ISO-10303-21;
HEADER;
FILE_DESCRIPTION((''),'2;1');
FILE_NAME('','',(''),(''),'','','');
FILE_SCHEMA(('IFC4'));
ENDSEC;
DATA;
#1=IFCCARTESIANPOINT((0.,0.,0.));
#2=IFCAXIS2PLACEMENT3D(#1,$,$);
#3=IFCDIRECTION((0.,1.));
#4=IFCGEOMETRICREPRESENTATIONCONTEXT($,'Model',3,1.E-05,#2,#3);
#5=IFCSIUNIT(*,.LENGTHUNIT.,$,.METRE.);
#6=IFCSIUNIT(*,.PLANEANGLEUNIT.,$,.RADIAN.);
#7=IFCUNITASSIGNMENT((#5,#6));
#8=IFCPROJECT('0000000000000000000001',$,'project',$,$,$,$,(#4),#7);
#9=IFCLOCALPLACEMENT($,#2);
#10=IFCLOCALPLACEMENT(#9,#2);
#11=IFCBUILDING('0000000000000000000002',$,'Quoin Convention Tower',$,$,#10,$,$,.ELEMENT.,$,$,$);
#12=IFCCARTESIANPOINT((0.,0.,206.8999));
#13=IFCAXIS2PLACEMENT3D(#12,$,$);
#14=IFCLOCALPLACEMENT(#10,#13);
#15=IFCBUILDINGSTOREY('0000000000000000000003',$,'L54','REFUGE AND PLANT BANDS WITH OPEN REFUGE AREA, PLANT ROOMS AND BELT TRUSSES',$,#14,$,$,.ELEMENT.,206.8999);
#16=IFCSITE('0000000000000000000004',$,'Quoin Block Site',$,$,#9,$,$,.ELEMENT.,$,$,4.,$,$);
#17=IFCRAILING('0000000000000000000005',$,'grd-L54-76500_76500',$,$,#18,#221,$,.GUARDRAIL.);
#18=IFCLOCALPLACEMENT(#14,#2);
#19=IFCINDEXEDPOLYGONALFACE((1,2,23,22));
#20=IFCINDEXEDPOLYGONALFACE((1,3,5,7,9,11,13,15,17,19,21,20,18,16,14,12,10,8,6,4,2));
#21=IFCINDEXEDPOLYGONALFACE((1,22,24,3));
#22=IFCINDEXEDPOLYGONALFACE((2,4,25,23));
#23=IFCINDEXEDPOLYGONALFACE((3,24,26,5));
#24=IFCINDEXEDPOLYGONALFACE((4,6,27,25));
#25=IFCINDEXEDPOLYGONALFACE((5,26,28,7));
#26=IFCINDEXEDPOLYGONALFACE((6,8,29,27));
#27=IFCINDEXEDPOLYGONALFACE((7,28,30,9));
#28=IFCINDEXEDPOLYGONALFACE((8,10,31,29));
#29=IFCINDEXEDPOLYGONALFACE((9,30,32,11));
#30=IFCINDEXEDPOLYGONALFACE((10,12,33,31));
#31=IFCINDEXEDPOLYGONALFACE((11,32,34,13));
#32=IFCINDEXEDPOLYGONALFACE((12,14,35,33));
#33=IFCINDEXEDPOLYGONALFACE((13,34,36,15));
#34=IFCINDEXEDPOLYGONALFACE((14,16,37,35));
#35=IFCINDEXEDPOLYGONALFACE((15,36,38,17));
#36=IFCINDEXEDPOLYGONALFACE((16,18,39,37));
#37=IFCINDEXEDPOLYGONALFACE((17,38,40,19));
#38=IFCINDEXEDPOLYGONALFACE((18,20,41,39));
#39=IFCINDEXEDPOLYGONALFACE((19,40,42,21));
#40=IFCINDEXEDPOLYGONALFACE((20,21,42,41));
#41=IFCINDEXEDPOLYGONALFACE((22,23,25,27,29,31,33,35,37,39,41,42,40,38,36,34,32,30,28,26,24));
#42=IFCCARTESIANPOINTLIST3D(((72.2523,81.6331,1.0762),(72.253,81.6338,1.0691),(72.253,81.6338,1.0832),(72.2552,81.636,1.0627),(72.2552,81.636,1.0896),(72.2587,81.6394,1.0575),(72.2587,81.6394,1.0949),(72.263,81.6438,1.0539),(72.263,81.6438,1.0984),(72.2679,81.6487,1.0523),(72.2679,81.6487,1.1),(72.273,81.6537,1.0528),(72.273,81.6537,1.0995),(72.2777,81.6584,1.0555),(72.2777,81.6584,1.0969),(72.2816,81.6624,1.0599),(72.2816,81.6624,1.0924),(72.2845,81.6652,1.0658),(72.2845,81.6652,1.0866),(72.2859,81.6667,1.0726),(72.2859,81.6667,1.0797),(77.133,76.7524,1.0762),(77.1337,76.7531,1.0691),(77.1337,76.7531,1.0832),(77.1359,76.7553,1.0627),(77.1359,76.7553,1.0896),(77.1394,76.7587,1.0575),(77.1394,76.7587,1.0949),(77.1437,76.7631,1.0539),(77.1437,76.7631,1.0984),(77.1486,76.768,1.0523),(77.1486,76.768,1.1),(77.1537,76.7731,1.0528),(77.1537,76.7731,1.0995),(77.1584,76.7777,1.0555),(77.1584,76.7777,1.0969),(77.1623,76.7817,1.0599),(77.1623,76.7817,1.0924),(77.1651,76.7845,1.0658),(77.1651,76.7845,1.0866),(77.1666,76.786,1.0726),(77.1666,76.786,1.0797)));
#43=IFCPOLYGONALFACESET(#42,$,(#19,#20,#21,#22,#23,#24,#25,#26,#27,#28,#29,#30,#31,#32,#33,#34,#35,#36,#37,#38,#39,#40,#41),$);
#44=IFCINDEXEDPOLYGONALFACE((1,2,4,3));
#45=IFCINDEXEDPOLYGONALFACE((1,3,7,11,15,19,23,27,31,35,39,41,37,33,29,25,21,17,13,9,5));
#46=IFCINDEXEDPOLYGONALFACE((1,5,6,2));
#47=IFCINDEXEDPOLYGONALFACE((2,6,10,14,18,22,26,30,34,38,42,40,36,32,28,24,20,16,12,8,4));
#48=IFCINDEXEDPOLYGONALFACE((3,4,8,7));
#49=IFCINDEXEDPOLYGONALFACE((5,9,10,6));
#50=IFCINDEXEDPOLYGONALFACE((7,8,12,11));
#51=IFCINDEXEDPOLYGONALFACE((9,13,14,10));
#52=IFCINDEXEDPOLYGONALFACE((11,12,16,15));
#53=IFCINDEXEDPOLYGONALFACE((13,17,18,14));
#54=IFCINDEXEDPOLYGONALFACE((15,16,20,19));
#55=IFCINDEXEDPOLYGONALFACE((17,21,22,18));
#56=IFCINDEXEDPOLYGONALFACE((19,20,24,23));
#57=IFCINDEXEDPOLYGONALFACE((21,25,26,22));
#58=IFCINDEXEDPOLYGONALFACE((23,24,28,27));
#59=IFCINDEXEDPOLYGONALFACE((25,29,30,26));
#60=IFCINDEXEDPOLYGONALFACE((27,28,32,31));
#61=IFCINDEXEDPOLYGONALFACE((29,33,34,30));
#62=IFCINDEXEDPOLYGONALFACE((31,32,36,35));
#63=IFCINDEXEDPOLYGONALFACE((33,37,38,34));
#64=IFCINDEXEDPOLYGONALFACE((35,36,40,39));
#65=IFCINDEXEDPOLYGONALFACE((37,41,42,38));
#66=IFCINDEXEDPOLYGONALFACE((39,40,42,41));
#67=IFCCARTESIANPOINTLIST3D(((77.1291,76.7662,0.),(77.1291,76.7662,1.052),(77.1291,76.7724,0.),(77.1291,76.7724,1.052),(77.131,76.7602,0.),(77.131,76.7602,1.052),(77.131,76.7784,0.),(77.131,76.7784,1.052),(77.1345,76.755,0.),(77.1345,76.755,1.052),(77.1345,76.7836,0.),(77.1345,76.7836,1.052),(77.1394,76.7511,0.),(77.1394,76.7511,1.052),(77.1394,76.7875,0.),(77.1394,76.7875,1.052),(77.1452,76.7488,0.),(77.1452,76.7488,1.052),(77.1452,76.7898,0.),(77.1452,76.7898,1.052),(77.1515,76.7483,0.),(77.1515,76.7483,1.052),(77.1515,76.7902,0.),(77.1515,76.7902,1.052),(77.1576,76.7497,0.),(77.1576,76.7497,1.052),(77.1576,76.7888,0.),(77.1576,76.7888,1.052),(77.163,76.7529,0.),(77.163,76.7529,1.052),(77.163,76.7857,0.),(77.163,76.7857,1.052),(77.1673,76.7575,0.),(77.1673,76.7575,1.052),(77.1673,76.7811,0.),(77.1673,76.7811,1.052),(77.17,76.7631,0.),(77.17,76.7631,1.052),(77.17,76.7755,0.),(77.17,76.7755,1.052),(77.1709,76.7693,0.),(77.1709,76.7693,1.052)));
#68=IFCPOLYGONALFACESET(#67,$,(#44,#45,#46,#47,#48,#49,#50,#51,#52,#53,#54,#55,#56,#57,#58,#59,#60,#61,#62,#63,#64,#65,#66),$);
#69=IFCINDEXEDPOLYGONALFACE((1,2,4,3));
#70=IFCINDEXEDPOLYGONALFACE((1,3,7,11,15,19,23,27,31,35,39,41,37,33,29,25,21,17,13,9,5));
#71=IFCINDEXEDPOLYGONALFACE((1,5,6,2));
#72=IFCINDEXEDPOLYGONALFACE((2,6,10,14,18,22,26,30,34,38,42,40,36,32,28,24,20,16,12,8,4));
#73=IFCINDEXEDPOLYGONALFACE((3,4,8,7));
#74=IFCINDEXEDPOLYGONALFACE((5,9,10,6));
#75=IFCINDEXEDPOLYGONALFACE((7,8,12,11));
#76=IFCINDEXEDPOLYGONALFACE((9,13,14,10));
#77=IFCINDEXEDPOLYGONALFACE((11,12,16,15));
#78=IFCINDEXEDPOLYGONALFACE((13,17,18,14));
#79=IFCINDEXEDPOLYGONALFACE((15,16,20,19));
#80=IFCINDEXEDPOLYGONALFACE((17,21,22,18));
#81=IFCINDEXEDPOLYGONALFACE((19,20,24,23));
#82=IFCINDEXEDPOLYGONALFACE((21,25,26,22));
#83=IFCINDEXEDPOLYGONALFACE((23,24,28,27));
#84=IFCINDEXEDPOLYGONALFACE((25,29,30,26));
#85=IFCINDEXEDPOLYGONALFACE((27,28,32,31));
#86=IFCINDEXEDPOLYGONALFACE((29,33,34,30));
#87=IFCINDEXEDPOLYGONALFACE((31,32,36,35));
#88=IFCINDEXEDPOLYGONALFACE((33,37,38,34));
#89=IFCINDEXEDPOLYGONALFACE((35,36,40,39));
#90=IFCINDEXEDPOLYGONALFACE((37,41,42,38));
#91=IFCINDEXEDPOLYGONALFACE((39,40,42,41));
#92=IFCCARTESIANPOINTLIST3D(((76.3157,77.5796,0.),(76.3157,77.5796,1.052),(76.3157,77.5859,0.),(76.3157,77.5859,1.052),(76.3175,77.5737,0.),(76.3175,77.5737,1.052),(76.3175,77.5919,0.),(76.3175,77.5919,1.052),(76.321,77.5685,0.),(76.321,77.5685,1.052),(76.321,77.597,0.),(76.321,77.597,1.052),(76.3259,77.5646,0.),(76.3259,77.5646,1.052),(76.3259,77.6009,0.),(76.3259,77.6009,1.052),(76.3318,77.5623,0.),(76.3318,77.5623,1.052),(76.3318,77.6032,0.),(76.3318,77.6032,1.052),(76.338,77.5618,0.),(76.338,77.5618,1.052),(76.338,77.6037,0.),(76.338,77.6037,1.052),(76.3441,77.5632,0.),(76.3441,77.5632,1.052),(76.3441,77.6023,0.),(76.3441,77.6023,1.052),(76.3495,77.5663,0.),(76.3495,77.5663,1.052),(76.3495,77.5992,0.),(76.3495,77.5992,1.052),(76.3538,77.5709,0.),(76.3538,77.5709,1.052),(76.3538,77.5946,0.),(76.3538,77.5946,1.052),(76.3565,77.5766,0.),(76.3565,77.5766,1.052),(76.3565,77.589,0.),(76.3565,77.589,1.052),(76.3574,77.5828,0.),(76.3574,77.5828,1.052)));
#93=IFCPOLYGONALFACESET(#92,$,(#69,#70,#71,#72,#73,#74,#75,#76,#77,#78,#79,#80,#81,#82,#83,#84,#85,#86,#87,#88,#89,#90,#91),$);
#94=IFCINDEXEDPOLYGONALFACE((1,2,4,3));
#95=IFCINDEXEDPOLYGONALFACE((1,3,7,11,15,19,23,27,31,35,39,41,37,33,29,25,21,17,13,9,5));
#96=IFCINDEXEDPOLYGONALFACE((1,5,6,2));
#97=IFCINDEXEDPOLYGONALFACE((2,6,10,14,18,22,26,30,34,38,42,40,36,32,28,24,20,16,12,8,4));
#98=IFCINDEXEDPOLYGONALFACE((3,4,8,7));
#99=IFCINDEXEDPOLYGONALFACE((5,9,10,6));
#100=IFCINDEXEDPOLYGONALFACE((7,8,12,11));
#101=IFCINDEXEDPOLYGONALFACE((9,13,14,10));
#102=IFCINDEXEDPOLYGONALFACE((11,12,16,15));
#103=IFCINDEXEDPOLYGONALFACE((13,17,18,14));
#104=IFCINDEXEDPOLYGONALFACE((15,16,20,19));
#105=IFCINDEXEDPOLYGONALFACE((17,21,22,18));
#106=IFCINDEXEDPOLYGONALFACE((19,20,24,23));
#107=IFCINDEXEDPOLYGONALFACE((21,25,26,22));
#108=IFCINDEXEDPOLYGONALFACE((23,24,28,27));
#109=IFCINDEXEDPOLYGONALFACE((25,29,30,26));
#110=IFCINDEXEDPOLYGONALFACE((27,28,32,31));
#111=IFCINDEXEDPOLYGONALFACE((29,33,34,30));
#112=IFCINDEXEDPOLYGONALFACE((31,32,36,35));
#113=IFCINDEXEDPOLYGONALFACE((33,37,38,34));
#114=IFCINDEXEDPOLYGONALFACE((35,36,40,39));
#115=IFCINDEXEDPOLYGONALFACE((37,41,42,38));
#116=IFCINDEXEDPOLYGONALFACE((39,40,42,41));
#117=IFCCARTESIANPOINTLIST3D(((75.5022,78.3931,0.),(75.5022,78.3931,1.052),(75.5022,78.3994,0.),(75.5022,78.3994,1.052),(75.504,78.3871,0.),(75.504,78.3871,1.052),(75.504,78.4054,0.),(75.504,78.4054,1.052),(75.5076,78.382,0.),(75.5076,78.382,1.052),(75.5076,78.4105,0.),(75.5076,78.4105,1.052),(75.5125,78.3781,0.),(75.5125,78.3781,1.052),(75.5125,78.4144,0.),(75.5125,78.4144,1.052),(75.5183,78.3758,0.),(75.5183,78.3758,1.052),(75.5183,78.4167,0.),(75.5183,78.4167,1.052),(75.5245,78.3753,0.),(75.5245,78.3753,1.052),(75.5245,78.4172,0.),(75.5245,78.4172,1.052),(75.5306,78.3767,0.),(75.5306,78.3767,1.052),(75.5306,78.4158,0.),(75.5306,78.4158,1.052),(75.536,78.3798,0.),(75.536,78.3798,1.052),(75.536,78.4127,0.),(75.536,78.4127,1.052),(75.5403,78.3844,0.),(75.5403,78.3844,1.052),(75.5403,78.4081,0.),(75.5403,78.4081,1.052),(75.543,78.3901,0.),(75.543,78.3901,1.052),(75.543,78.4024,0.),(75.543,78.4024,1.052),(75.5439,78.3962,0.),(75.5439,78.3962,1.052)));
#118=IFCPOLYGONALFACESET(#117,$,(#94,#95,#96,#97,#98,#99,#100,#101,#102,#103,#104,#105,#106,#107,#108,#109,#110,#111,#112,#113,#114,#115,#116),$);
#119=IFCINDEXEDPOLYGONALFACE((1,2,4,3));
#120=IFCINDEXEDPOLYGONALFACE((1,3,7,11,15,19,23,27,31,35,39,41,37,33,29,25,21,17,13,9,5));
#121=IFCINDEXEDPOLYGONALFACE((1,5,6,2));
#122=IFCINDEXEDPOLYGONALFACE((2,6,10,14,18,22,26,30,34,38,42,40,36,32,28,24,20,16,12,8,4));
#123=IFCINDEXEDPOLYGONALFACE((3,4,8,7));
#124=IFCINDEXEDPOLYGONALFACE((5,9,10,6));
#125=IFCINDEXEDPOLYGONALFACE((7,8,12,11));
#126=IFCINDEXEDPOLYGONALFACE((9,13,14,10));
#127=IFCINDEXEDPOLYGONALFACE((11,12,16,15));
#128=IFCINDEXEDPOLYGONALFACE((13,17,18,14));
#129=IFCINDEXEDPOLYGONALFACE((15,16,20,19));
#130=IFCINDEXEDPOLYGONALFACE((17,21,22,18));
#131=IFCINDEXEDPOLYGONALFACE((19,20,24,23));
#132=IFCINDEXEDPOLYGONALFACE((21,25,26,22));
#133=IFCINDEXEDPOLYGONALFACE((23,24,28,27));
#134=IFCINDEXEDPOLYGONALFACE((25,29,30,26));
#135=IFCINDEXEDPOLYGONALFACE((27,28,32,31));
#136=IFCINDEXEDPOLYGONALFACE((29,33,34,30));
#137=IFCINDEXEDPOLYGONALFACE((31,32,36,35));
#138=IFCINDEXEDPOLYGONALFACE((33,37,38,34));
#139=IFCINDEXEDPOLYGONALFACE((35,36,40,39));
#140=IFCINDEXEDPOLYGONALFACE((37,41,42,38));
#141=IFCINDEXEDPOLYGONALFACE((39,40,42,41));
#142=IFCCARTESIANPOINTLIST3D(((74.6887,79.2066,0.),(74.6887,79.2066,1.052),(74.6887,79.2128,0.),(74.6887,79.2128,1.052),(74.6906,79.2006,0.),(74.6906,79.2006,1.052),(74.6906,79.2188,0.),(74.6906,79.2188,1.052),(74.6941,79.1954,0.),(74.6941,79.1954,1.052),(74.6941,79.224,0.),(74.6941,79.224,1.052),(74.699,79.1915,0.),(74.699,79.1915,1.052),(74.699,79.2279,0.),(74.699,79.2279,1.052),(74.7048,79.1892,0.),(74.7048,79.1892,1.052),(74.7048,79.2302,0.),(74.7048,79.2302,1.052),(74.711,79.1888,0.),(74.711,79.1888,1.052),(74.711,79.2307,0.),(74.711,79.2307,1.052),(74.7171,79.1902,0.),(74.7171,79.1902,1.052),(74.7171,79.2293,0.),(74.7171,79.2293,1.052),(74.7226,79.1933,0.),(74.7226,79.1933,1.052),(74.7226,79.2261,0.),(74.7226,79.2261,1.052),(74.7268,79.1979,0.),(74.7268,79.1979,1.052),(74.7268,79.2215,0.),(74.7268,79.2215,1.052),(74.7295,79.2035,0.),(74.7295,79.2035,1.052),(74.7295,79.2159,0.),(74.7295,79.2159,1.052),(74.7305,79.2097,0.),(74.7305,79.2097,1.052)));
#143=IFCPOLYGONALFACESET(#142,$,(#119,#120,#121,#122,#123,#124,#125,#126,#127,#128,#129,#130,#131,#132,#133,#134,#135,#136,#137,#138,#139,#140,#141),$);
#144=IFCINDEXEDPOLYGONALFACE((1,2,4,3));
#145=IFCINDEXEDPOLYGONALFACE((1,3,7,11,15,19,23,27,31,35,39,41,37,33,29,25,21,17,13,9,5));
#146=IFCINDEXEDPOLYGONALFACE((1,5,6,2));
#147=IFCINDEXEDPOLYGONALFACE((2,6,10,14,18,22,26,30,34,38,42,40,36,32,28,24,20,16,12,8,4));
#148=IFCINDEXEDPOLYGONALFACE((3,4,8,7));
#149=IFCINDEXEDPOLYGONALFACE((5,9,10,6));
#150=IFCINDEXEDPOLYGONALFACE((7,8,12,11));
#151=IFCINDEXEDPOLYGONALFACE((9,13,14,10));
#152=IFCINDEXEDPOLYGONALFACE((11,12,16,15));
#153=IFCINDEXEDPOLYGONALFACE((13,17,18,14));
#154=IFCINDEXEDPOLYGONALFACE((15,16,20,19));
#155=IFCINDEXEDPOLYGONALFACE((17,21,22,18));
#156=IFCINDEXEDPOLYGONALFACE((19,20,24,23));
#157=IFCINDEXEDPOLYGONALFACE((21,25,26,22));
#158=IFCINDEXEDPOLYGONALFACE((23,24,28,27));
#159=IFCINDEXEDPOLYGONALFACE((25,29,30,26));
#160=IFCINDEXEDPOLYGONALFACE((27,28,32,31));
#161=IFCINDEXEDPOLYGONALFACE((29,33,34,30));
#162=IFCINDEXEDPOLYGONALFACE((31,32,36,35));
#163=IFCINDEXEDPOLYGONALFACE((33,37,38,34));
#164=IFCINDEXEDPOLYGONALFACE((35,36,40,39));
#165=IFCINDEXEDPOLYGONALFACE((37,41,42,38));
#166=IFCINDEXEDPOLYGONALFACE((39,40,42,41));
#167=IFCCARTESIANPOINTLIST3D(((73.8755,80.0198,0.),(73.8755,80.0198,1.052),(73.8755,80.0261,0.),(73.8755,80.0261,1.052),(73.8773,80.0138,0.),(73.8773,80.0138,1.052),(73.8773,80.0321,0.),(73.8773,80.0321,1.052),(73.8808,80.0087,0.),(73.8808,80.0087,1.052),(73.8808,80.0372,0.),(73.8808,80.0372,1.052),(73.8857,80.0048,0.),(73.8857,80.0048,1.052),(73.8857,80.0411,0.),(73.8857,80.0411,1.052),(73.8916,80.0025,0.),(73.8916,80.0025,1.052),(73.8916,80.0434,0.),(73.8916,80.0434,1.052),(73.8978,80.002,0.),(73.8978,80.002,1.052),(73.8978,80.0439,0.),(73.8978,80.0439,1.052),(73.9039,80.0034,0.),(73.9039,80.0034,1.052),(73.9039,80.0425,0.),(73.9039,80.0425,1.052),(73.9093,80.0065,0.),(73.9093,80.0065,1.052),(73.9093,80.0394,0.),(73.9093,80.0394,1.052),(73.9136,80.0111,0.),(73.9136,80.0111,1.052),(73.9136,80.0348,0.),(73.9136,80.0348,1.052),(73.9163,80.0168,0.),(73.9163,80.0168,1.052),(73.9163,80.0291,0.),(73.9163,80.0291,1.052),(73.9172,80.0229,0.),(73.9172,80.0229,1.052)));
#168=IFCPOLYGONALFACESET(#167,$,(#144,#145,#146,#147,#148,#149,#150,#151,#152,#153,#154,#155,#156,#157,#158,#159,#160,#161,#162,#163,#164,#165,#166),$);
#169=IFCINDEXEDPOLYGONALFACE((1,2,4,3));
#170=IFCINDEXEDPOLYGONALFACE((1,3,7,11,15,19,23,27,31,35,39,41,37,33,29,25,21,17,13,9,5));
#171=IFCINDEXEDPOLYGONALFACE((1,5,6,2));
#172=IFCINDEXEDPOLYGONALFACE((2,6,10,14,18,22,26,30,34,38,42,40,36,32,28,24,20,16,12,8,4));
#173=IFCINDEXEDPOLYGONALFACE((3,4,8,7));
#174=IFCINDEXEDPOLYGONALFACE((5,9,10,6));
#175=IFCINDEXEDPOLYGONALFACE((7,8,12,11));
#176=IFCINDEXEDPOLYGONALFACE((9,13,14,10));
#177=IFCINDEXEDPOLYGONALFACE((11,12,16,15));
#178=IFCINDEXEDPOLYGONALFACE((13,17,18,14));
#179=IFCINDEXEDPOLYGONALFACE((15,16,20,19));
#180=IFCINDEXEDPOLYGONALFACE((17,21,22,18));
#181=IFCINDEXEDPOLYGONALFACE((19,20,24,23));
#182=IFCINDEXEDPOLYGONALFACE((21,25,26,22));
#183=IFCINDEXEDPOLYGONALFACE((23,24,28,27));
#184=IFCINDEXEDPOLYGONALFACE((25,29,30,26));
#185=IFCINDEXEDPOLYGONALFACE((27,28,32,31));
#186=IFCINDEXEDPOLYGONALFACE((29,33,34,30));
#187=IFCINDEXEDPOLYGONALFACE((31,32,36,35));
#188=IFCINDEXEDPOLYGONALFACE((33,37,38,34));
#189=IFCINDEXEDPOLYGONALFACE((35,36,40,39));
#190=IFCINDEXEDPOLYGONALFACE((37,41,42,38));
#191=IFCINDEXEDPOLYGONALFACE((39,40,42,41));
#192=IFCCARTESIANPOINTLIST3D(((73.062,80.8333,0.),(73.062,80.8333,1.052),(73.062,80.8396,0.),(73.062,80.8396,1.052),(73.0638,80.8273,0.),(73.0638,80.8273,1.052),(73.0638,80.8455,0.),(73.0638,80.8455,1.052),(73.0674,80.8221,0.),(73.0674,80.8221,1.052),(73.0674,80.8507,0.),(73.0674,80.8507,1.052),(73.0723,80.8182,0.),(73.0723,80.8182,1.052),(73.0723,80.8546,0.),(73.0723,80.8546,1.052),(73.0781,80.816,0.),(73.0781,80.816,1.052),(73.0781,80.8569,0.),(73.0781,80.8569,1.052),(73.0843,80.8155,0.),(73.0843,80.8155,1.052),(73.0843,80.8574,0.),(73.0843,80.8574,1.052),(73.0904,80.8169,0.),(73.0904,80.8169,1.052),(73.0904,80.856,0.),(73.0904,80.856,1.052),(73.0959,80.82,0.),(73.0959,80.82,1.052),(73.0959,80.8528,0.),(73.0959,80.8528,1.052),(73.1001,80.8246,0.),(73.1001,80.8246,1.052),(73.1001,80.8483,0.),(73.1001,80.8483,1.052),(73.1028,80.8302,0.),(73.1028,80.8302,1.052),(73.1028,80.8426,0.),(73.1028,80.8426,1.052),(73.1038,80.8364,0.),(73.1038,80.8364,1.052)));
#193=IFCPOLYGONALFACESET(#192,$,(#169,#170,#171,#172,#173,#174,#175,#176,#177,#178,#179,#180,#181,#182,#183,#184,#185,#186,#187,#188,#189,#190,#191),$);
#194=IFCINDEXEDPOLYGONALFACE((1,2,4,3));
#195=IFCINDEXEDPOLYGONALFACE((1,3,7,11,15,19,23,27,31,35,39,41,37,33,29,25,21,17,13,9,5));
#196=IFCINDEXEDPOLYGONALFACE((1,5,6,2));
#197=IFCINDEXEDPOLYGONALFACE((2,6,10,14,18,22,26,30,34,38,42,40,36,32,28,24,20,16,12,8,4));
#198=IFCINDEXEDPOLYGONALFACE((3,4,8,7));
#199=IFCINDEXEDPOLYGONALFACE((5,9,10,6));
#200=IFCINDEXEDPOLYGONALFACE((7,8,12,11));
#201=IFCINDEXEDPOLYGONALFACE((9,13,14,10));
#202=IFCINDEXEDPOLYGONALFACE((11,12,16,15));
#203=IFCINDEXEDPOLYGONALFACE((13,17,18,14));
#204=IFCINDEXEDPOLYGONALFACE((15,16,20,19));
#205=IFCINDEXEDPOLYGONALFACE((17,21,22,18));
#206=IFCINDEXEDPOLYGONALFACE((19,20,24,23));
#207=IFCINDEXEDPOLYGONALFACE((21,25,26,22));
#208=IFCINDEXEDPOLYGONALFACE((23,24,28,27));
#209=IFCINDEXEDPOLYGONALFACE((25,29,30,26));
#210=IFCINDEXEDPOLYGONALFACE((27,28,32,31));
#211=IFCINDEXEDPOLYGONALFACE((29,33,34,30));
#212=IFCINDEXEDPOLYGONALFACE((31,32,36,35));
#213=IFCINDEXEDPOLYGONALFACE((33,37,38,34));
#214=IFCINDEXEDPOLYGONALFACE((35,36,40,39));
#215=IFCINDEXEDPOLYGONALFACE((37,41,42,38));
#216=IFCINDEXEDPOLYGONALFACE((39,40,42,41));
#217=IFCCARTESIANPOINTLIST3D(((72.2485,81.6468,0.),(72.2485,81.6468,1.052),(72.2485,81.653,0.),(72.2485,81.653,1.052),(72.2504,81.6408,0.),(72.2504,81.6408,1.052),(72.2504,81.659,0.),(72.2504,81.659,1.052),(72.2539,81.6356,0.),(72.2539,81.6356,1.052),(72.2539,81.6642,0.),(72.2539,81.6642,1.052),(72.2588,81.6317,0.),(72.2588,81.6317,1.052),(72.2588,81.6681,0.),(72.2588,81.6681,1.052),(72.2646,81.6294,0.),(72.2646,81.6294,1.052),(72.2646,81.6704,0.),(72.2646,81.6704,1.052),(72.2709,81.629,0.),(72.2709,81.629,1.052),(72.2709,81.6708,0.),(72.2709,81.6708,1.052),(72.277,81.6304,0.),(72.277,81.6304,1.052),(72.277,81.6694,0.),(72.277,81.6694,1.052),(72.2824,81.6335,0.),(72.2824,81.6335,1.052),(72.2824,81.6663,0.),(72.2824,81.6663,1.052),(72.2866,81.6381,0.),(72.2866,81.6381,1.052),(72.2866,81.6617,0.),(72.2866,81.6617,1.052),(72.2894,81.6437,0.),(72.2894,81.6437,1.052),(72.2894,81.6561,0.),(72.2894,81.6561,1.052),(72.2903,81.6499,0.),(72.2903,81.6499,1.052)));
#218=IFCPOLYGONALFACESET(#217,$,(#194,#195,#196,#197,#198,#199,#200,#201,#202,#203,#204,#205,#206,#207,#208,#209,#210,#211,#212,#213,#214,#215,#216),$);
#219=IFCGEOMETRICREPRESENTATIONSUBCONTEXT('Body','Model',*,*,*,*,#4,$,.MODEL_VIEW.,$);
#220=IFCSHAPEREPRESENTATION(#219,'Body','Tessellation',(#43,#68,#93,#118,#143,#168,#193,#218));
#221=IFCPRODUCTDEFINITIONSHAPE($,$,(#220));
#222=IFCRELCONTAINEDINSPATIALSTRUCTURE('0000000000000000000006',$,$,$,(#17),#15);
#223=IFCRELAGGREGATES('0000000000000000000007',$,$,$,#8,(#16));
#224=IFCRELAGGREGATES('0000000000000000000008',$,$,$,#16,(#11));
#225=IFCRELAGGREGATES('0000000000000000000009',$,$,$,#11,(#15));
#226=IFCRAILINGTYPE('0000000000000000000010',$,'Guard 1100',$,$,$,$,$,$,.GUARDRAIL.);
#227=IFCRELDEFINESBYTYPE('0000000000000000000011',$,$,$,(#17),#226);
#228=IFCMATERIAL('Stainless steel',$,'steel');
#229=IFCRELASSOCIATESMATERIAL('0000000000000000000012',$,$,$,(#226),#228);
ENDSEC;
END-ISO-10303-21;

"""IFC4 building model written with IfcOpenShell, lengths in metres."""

from ifc_helpers import new_model, si_unit, direction, frame, origin, origin_2d, place, context, subcontext, project, spatial, circle, extrude, material, type_object, element, save


model = new_model("IFC4")

# Units and contexts
model_context = context("Model", 3, precision=1e-05, world=origin(), true_north=direction((0.0, 1.0)))
body_context = subcontext(model_context, "Body", "Model", "MODEL_VIEW")
ifc_project = project(units=[si_unit("LENGTHUNIT", "METRE"), si_unit("PLANEANGLEUNIT", "RADIAN")], contexts=[model_context])

# Site, building, storey
site_placement = place(None, origin())
site = spatial("IfcSite", under=ifc_project, at=site_placement, Name="Quoin Block Site", CompositionType="ELEMENT", RefElevation=4.0)
building_placement = place(site_placement, origin())
building = spatial("IfcBuilding", under=site, at=building_placement, Name="Quoin Convention Tower", CompositionType="ELEMENT")
storey_placement = place(building_placement, frame((0.0, 0.0, 206.8999)))
storey = spatial("IfcBuildingStorey", under=building, at=storey_placement, Name="L54", Description="REFUGE AND PLANT BANDS WITH OPEN REFUGE AREA, PLANT ROOMS AND BELT TRUSSES", CompositionType="ELEMENT", Elevation=206.8999)

# Railing
ifc_material_1 = material(Name="Stainless steel", Category="steel")
railing_type = type_object("IfcRailingType", Name="Guard 1100", PredefinedType="GUARDRAIL", material=ifc_material_1)
railing_1_placement = place(storey_placement, frame((77.1499, 76.7693, 0.0)))
element("IfcRailing", 1, at=railing_1_placement, inside=storey, type_object=railing_type, Name="grd-L54-76500_76500", PredefinedType="GUARDRAIL", context=body_context, shape_type="SweptSolid", body=[
    extrude(circle(Radius=0.0239, at=origin_2d()), frame((0.0, 0.0, 1.0762), z_axis=(-0.707107, 0.707107, 0.0), x_axis=(-0.707107, -0.707107, 0.0)), (0.0, 0.0, 1.0), 6.9023),
    extrude(circle(Radius=0.021, at=origin_2d()), origin(), (0.0, 0.0, 1.0), 1.052),
    extrude(circle(Radius=0.021, at=origin_2d()), frame((-0.8135, 0.8135, 0.0)), (0.0, 0.0, 1.0), 1.052),
    extrude(circle(Radius=0.021, at=origin_2d()), frame((-1.627, 1.627, 0.0)), (0.0, 0.0, 1.0), 1.052),
    extrude(circle(Radius=0.021, at=origin_2d()), frame((-2.4404, 2.4404, 0.0)), (0.0, 0.0, 1.0), 1.052),
    extrude(circle(Radius=0.021, at=origin_2d()), frame((-3.2537, 3.2537, 0.0)), (0.0, 0.0, 1.0), 1.052),
    extrude(circle(Radius=0.021, at=origin_2d()), frame((-4.0671, 4.0671, 0.0)), (0.0, 0.0, 1.0), 1.052),
    extrude(circle(Radius=0.021, at=origin_2d()), frame((-4.8806, 4.8806, 0.0)), (0.0, 0.0, 1.0), 1.052),
])

save(model, "model.ifc")
